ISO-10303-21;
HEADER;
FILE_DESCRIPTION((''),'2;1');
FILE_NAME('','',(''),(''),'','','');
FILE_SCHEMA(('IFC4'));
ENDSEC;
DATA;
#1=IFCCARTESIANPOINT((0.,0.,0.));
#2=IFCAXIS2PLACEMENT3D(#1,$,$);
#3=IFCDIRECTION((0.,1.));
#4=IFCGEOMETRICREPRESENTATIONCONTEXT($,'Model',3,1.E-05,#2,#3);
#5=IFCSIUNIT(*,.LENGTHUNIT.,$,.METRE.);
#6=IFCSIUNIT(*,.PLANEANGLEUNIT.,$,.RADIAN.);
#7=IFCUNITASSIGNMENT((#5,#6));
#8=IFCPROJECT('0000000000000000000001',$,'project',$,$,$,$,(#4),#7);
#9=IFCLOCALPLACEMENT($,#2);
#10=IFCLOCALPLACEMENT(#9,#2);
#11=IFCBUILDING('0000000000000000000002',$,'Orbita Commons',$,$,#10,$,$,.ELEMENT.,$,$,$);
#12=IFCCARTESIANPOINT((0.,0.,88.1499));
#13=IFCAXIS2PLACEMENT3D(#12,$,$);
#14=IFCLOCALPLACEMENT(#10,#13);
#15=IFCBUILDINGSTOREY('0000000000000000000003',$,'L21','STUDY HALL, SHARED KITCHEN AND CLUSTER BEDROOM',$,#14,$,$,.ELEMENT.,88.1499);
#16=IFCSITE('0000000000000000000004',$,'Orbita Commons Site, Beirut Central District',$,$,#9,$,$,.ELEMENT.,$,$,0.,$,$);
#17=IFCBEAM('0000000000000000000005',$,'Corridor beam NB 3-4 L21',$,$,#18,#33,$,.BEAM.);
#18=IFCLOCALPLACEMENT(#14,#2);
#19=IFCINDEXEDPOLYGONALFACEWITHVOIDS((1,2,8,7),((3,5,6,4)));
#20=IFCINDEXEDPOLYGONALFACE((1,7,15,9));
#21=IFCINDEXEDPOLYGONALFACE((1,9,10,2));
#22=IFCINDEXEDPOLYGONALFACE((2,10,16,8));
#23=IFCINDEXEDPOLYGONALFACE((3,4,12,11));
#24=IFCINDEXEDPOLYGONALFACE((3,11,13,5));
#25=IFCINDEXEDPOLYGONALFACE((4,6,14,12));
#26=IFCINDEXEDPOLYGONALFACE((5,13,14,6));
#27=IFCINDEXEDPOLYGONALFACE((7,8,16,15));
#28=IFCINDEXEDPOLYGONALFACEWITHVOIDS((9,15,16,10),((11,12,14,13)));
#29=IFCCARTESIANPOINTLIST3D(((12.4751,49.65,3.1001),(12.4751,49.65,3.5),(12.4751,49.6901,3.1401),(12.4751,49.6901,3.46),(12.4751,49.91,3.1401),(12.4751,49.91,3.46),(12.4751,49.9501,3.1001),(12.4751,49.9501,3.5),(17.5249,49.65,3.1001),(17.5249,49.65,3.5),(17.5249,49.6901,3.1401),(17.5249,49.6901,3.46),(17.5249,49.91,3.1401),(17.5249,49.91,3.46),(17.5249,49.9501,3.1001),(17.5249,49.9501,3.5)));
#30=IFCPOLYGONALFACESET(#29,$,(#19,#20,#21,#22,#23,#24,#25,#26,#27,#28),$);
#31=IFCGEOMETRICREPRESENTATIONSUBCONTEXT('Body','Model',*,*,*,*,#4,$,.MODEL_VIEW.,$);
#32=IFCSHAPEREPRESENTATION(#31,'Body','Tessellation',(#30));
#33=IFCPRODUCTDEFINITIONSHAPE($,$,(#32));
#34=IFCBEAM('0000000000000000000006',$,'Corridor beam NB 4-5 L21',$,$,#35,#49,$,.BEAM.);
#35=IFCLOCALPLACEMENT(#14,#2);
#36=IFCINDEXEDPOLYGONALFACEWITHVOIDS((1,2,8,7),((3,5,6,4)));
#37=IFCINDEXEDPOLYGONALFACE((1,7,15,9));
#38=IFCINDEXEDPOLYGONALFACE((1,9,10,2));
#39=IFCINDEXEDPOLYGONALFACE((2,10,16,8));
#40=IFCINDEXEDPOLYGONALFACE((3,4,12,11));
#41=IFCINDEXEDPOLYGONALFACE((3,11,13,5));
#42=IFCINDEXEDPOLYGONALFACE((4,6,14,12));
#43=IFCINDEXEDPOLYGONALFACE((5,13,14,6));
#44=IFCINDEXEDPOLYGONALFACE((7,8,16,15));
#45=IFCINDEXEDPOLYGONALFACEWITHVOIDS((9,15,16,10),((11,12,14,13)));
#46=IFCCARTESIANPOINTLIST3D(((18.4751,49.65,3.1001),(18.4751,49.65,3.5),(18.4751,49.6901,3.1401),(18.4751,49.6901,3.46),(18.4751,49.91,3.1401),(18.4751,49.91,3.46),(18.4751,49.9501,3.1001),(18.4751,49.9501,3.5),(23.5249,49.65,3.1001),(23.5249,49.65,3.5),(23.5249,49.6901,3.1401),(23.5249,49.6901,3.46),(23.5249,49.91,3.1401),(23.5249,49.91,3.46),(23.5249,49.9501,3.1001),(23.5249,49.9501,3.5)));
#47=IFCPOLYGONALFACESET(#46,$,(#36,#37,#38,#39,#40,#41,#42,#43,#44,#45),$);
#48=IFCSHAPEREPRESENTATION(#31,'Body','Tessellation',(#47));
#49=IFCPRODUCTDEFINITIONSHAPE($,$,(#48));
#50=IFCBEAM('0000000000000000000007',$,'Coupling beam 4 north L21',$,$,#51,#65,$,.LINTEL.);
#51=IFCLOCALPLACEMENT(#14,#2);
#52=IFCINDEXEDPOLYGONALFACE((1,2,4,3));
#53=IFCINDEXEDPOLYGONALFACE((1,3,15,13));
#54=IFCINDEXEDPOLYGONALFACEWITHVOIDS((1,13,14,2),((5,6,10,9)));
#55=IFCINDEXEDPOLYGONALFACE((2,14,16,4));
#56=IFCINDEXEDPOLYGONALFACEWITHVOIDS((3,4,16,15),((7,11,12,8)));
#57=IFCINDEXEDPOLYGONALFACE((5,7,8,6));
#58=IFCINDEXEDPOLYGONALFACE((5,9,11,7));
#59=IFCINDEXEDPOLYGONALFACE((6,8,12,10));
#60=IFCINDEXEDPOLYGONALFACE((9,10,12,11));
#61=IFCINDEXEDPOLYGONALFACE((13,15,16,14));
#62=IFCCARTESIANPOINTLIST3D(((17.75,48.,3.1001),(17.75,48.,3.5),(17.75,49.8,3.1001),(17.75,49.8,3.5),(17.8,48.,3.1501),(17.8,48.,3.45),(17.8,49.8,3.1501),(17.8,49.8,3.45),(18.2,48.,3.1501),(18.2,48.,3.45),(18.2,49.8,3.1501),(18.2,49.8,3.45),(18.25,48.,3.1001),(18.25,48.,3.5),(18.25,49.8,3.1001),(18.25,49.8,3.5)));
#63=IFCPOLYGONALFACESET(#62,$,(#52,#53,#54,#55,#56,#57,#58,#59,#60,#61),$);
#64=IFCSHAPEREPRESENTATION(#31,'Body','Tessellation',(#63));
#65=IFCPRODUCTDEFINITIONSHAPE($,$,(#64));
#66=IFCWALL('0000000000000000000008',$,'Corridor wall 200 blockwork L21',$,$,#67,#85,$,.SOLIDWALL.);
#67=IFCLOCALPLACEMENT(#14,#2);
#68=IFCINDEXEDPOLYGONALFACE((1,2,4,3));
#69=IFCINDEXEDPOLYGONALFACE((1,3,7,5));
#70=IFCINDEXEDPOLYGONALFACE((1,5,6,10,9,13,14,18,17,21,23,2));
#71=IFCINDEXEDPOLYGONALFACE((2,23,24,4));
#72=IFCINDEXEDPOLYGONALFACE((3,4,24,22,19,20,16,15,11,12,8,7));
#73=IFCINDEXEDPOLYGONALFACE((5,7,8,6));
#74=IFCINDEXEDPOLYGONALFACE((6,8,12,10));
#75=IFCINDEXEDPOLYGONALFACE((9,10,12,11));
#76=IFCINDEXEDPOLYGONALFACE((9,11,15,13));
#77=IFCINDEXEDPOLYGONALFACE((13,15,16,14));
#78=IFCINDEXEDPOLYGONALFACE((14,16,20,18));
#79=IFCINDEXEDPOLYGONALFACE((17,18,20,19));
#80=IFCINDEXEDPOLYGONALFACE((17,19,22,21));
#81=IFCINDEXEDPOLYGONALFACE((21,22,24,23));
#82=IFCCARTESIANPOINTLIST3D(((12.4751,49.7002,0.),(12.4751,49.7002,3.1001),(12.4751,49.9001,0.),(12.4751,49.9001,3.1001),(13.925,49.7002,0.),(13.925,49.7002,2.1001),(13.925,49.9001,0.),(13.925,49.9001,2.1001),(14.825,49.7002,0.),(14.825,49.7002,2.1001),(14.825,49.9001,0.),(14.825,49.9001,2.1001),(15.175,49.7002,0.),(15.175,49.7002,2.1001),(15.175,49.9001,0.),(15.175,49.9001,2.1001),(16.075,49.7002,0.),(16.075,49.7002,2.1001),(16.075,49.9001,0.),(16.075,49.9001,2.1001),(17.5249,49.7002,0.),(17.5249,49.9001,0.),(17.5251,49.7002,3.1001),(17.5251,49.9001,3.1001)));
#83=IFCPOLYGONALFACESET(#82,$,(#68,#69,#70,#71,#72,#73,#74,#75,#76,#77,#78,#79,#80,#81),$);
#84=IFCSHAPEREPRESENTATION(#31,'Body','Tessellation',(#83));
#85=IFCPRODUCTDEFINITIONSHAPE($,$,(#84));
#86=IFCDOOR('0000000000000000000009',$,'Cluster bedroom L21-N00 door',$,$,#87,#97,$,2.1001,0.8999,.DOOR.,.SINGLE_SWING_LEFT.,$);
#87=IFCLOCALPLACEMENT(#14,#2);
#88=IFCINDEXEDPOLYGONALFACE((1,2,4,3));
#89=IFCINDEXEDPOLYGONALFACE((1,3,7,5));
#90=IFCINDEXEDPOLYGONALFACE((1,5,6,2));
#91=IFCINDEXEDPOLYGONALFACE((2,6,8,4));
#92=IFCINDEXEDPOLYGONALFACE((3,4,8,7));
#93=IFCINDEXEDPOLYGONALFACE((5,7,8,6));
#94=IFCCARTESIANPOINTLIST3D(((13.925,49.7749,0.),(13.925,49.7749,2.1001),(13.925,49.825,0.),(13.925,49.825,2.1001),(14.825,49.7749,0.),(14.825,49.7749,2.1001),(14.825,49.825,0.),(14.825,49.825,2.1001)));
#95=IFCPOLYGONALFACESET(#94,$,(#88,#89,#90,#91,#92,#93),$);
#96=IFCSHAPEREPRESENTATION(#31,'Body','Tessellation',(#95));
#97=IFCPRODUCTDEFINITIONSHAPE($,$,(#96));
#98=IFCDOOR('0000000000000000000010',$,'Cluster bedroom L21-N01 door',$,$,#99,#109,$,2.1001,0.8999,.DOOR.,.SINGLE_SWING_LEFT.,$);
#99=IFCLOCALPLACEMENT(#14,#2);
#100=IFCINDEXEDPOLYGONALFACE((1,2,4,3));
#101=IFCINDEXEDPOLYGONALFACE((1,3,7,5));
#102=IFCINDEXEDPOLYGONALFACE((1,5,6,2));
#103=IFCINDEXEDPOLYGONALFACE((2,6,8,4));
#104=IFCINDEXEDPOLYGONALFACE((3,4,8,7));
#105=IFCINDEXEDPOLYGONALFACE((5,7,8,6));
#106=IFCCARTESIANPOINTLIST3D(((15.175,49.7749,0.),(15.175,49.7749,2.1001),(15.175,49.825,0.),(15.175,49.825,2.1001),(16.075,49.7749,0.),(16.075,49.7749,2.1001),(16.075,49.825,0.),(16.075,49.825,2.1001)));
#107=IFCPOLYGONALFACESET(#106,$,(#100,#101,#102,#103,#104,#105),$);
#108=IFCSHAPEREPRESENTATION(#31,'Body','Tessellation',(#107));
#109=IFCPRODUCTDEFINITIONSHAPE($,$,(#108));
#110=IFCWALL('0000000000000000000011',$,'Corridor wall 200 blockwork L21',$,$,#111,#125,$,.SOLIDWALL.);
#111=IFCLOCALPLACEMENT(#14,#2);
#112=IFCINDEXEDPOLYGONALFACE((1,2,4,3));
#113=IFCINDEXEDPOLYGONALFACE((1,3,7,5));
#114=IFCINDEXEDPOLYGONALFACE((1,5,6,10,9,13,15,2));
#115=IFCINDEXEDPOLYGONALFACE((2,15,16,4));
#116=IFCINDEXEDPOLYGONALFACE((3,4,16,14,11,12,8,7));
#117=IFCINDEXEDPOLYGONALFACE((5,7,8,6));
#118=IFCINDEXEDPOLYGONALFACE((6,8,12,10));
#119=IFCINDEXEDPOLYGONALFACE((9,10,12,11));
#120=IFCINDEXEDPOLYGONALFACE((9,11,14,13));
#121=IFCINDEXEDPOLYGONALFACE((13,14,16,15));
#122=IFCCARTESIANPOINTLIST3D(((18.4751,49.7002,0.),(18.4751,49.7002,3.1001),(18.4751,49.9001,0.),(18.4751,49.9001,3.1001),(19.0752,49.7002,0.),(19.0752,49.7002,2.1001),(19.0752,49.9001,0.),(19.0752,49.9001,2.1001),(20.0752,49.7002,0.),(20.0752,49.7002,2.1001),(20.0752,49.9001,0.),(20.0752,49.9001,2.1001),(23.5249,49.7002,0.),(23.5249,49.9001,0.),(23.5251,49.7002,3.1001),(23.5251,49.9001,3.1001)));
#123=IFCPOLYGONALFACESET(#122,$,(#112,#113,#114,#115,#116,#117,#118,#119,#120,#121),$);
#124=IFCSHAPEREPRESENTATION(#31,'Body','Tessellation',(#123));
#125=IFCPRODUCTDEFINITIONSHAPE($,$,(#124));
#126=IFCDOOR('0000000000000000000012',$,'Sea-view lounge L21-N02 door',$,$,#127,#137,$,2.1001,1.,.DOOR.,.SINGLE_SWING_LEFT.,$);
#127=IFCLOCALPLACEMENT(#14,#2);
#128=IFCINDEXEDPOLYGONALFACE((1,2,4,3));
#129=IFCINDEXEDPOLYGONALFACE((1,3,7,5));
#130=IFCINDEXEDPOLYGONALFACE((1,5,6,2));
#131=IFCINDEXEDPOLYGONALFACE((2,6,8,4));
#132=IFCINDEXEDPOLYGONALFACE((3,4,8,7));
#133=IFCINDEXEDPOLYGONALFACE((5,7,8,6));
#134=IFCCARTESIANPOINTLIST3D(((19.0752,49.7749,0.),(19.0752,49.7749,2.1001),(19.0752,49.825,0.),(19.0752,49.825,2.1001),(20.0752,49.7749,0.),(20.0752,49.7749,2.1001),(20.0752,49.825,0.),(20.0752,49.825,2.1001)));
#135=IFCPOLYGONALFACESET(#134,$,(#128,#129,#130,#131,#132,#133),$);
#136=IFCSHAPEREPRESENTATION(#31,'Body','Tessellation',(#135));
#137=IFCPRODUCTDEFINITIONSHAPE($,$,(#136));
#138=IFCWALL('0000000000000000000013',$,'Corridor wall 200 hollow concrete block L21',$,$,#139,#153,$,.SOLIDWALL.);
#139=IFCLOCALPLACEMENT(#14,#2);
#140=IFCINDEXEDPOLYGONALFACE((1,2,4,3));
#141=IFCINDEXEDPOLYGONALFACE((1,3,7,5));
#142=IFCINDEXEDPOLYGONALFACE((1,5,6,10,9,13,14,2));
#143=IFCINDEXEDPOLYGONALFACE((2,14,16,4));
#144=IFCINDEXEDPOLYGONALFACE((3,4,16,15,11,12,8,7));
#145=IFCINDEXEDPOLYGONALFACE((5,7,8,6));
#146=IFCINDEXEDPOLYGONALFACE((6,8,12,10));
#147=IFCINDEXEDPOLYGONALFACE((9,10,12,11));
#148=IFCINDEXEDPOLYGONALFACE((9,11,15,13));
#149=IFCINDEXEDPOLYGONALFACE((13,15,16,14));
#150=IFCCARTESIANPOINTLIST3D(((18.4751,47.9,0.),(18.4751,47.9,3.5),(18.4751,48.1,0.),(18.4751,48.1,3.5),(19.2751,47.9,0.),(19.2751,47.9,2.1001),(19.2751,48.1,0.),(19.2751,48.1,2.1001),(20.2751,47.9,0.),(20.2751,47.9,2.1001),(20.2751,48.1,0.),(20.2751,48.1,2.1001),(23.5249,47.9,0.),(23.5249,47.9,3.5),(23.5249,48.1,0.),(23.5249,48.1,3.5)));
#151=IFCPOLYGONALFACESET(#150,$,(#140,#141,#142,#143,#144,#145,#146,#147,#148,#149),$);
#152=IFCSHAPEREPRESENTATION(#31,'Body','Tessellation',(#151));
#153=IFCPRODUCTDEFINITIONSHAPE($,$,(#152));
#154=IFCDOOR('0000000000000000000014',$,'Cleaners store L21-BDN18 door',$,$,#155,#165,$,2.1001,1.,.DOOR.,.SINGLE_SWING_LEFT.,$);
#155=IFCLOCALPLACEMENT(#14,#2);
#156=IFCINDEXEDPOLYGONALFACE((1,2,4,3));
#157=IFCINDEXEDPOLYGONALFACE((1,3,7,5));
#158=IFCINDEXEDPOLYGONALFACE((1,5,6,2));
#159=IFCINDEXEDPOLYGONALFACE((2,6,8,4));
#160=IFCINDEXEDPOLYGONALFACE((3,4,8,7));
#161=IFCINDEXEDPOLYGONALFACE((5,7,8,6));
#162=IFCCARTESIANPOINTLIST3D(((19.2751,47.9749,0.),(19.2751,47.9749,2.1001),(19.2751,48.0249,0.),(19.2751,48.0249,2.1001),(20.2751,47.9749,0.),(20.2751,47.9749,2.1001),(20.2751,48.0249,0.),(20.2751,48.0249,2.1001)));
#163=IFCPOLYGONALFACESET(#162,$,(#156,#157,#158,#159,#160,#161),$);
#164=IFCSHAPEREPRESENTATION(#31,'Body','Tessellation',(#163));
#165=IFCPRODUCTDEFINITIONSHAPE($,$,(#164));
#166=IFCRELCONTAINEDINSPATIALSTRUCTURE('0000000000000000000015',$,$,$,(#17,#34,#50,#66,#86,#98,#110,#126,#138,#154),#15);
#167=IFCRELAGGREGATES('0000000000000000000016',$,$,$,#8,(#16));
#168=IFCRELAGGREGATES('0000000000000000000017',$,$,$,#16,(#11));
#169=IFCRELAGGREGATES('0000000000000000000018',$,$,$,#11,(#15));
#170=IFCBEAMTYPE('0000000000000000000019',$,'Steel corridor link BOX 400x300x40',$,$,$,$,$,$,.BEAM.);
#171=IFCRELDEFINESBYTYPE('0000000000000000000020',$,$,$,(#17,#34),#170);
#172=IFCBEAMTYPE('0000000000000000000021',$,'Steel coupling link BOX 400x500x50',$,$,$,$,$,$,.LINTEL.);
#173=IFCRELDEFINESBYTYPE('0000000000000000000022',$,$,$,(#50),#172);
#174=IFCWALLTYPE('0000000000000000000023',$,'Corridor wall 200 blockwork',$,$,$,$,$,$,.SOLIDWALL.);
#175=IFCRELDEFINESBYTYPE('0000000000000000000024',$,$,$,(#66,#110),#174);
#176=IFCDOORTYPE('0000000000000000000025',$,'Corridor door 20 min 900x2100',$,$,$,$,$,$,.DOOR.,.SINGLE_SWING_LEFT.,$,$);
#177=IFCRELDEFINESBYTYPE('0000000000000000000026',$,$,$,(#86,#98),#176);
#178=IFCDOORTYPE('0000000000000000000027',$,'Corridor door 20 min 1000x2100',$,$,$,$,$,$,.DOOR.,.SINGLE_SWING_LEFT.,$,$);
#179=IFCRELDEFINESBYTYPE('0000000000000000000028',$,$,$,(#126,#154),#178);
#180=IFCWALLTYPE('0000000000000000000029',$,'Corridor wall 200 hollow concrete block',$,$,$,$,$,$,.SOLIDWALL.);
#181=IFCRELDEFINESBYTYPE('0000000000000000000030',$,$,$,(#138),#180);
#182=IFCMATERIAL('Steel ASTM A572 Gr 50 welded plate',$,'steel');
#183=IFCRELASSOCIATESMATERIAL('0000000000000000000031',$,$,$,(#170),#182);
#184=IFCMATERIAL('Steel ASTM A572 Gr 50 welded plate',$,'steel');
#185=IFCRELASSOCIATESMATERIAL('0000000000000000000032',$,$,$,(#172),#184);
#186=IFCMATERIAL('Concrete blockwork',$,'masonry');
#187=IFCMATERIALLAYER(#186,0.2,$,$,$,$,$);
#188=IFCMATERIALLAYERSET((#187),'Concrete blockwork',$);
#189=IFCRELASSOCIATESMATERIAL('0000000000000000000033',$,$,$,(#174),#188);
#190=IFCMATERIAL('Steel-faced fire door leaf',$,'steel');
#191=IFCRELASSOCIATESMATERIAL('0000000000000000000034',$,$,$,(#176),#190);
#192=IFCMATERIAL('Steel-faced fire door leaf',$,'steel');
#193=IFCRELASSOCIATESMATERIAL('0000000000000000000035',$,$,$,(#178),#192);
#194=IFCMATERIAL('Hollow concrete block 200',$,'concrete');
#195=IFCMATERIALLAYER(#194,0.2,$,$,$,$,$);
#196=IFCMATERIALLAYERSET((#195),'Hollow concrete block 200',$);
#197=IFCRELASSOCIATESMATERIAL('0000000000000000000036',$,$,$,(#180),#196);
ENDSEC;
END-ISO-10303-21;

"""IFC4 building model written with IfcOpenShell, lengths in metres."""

from ifc_helpers import new_model, si_unit, direction, frame, frame_2d, origin, origin_2d, place, context, subcontext, project, spatial, polyline, rectangle, hollow_rectangle, outline, extrude, material, layer, layer_set, material_profile, profile_set, type_object, element, fill, save


model = new_model("IFC4")

# Units and contexts
model_context = context("Model", 3, precision=1e-05, world=origin(), true_north=direction((0.0, 1.0)))
body_context = subcontext(model_context, "Body", "Model", "MODEL_VIEW")
ifc_project = project(units=[si_unit("LENGTHUNIT", "METRE"), si_unit("PLANEANGLEUNIT", "RADIAN")], contexts=[model_context])

# Site, building, storey
site_placement = place(None, origin())
site = spatial("IfcSite", under=ifc_project, at=site_placement, Name="Orbita Commons Site, Beirut Central District", CompositionType="ELEMENT", RefElevation=0.0)
building_placement = place(site_placement, origin())
building = spatial("IfcBuilding", under=site, at=building_placement, Name="Orbita Commons", CompositionType="ELEMENT")
storey_placement = place(building_placement, frame((0.0, 0.0, 88.1499)))
storey = spatial("IfcBuildingStorey", under=building, at=storey_placement, Name="L21", Description="STUDY HALL, SHARED KITCHEN AND CLUSTER BEDROOM", CompositionType="ELEMENT", Elevation=88.1499)

# Beams
ifc_material_1 = material(Name="Steel ASTM A572 Gr 50 welded plate", Category="steel")
ifc_material_profile_1 = material_profile(ifc_material_1, hollow_rectangle(XDim=0.3, YDim=0.3999, WallThickness=0.04, at=origin_2d()), Name="BOX 400x300x40")
ifc_profile_set_1 = profile_set([ifc_material_profile_1], Name="Steel ASTM A572 Gr 50 welded plate")
beam_type_1 = type_object("IfcBeamType", Name="Steel corridor link BOX 400x300x40", PredefinedType="BEAM", material=ifc_profile_set_1)
for number, where, z_axis, x_axis, name in (
    (1, (12.4751, 49.8, 3.3), (1.0, 0.0, 0.0), (0.0, 1.0, 0.0), "Corridor beam NB 3-4 L21"),
    (2, (18.4751, 49.8, 3.3), (1.0, 0.0, 0.0), (0.0, 1.0, 0.0), "Corridor beam NB 4-5 L21"),
):
    element("IfcBeam", number, at=place(storey_placement, frame(where, z_axis=z_axis, x_axis=x_axis)), inside=storey, type_object=beam_type_1, Name=name, PredefinedType="BEAM", context=body_context, shape_type="SweptSolid", body=[
        extrude(hollow_rectangle(XDim=0.3, YDim=0.3999, WallThickness=0.04, at=origin_2d()), origin(), (0.0, 0.0, 1.0), 5.0498),
    ])
ifc_material_2 = material(Name="Steel ASTM A572 Gr 50 welded plate", Category="steel")
ifc_material_profile_2 = material_profile(ifc_material_2, hollow_rectangle(XDim=0.5, YDim=0.3999, WallThickness=0.05, at=origin_2d()), Name="BOX 400x500x50")
ifc_profile_set_2 = profile_set([ifc_material_profile_2], Name="Steel ASTM A572 Gr 50 welded plate")
beam_type_2 = type_object("IfcBeamType", Name="Steel coupling link BOX 400x500x50", PredefinedType="LINTEL", material=ifc_profile_set_2)
beam_placement = place(storey_placement, frame((18.0, 48.0, 3.3), z_axis=(0.0, 1.0, 0.0), x_axis=(-1.0, 0.0, 0.0)))
element("IfcBeam", 3, at=beam_placement, inside=storey, type_object=beam_type_2, Name="Coupling beam 4 north L21", PredefinedType="LINTEL", context=body_context, shape_type="SweptSolid", body=[
    extrude(hollow_rectangle(XDim=0.5, YDim=0.3999, WallThickness=0.05, at=origin_2d()), origin(), (0.0, 0.0, 1.0), 1.8),
])

# Wall, openings, doors
ifc_material_3 = material(Name="Concrete blockwork", Category="masonry")
ifc_layer_1 = layer(ifc_material_3, 0.2)
ifc_layer_set_1 = layer_set([ifc_layer_1], Name="Concrete blockwork")
wall_type_1 = type_object("IfcWallType", Name="Corridor wall 200 blockwork", PredefinedType="SOLIDWALL", material=ifc_layer_set_1)
wall_1_placement = place(storey_placement, frame((12.4751, 49.8, 0.0), z_axis=(0.0, 0.0, 1.0), x_axis=(1.0, 0.0, 0.0)))
wall_1 = element("IfcWall", 4, at=wall_1_placement, inside=storey, type_object=wall_type_1, Name="Corridor wall 200 blockwork L21", PredefinedType="SOLIDWALL", context=body_context, shape_type="SweptSolid", body=[
    extrude(outline(polyline([(0.0, 0.0), (5.0498, 0.0), (5.05, 3.1001), (0.0, 3.1001), (0.0, 0.0)])), frame((0.0, 0.1001, 0.0), z_axis=(0.0, -1.0, 0.0), x_axis=(1.0, 0.0, 0.0)), (0.0, 0.0, 1.0), 0.2),
])
opening_1_placement = place(wall_1_placement, frame((1.45, 0.0, 0.0)))
opening_1 = element("IfcOpeningElement", 5, at=opening_1_placement, cuts=wall_1, PredefinedType="OPENING", context=body_context, shape_type="SweptSolid", body=[
    extrude(rectangle(XDim=0.8999, YDim=2.1001, at=frame_2d((0.45, 1.05))), frame((0.0, 0.1099, 0.0), z_axis=(0.0, -1.0, 0.0), x_axis=(1.0, 0.0, 0.0)), (0.0, 0.0, 1.0), 0.22),
])
opening_2_placement = place(wall_1_placement, frame((2.7, 0.0, 0.0)))
opening_2 = element("IfcOpeningElement", 6, at=opening_2_placement, cuts=wall_1, PredefinedType="OPENING", context=body_context, shape_type="SweptSolid", body=[
    extrude(rectangle(XDim=0.8999, YDim=2.1001, at=frame_2d((0.45, 1.05))), frame((0.0, 0.1099, 0.0), z_axis=(0.0, -1.0, 0.0), x_axis=(1.0, 0.0, 0.0)), (0.0, 0.0, 1.0), 0.22),
])
ifc_material_4 = material(Name="Steel-faced fire door leaf", Category="steel")
door_type_1 = type_object("IfcDoorType", Name="Corridor door 20 min 900x2100", OperationType="SINGLE_SWING_LEFT", PredefinedType="DOOR", material=ifc_material_4)
door_1_placement = place(opening_1_placement, origin())
door_1 = element("IfcDoor", 7, at=door_1_placement, inside=storey, type_object=door_type_1, Name="Cluster bedroom L21-N00 door", OperationType="SINGLE_SWING_LEFT", OverallHeight=2.1001, OverallWidth=0.8999, PredefinedType="DOOR", context=body_context, shape_type="SweptSolid", body=[
    extrude(rectangle(XDim=0.8999, YDim=2.1001, at=frame_2d((0.45, 1.05))), frame((0.0, 0.0249, 0.0), z_axis=(0.0, -1.0, 0.0), x_axis=(1.0, 0.0, 0.0)), (0.0, 0.0, 1.0), 0.05),
])
fill(opening_1, door_1)
door_2_placement = place(opening_2_placement, origin())
door_2 = element("IfcDoor", 8, at=door_2_placement, inside=storey, type_object=door_type_1, Name="Cluster bedroom L21-N01 door", OperationType="SINGLE_SWING_LEFT", OverallHeight=2.1001, OverallWidth=0.8999, PredefinedType="DOOR", context=body_context, shape_type="SweptSolid", body=[
    extrude(rectangle(XDim=0.8999, YDim=2.1001, at=frame_2d((0.45, 1.05))), frame((0.0, 0.0249, 0.0), z_axis=(0.0, -1.0, 0.0), x_axis=(1.0, 0.0, 0.0)), (0.0, 0.0, 1.0), 0.05),
])
fill(opening_2, door_2)

# Walls, openings, doors
wall_2_placement = place(storey_placement, frame((18.4751, 49.8, 0.0), z_axis=(0.0, 0.0, 1.0), x_axis=(1.0, 0.0, 0.0)))
wall_2 = element("IfcWall", 9, at=wall_2_placement, inside=storey, type_object=wall_type_1, Name="Corridor wall 200 blockwork L21", PredefinedType="SOLIDWALL", context=body_context, shape_type="SweptSolid", body=[
    extrude(outline(polyline([(0.0, 0.0), (5.0498, 0.0), (5.05, 3.1001), (0.0, 3.1001), (0.0, 0.0)])), frame((0.0, 0.1001, 0.0), z_axis=(0.0, -1.0, 0.0), x_axis=(1.0, 0.0, 0.0)), (0.0, 0.0, 1.0), 0.2),
])
opening_3_placement = place(wall_2_placement, frame((0.6001, 0.0, 0.0)))
opening_3 = element("IfcOpeningElement", 10, at=opening_3_placement, cuts=wall_2, PredefinedType="OPENING", context=body_context, shape_type="SweptSolid", body=[
    extrude(rectangle(XDim=1.0, YDim=2.1001, at=frame_2d((0.5, 1.05))), frame((0.0, 0.1099, 0.0), z_axis=(0.0, -1.0, 0.0), x_axis=(1.0, 0.0, 0.0)), (0.0, 0.0, 1.0), 0.22),
])
ifc_material_5 = material(Name="Steel-faced fire door leaf", Category="steel")
door_type_2 = type_object("IfcDoorType", Name="Corridor door 20 min 1000x2100", OperationType="SINGLE_SWING_LEFT", PredefinedType="DOOR", material=ifc_material_5)
door_3_placement = place(opening_3_placement, origin())
door_3 = element("IfcDoor", 11, at=door_3_placement, inside=storey, type_object=door_type_2, Name="Sea-view lounge L21-N02 door", OperationType="SINGLE_SWING_LEFT", OverallHeight=2.1001, OverallWidth=1.0, PredefinedType="DOOR", context=body_context, shape_type="SweptSolid", body=[
    extrude(rectangle(XDim=1.0, YDim=2.1001, at=frame_2d((0.5, 1.05))), frame((0.0, 0.0249, 0.0), z_axis=(0.0, -1.0, 0.0), x_axis=(1.0, 0.0, 0.0)), (0.0, 0.0, 1.0), 0.05),
])
fill(opening_3, door_3)
ifc_material_6 = material(Name="Hollow concrete block 200", Category="concrete")
ifc_layer_2 = layer(ifc_material_6, 0.2)
ifc_layer_set_2 = layer_set([ifc_layer_2], Name="Hollow concrete block 200")
wall_type_2 = type_object("IfcWallType", Name="Corridor wall 200 hollow concrete block", PredefinedType="SOLIDWALL", material=ifc_layer_set_2)
wall_3_placement = place(storey_placement, frame((18.4751, 48.0, 0.0), z_axis=(0.0, 0.0, 1.0), x_axis=(1.0, 0.0, 0.0)))
wall_3 = element("IfcWall", 12, at=wall_3_placement, inside=storey, type_object=wall_type_2, Name="Corridor wall 200 hollow concrete block L21", PredefinedType="SOLIDWALL", context=body_context, shape_type="SweptSolid", body=[
    extrude(rectangle(XDim=5.0498, YDim=0.2, at=frame_2d((2.5249, 0.0))), origin(), (0.0, 0.0, 1.0), 3.5),
])
opening_4_placement = place(wall_3_placement, frame((0.8, 0.0, 0.0)))
opening_4 = element("IfcOpeningElement", 13, at=opening_4_placement, cuts=wall_3, PredefinedType="OPENING", context=body_context, shape_type="SweptSolid", body=[
    extrude(rectangle(XDim=1.0, YDim=2.1001, at=frame_2d((0.5, 1.05))), frame((0.0, 0.1099, 0.0), z_axis=(0.0, -1.0, 0.0), x_axis=(1.0, 0.0, 0.0)), (0.0, 0.0, 1.0), 0.22),
])
door_4_placement = place(opening_4_placement, origin())
door_4 = element("IfcDoor", 14, at=door_4_placement, inside=storey, type_object=door_type_2, Name="Cleaners store L21-BDN18 door", OperationType="SINGLE_SWING_LEFT", OverallHeight=2.1001, OverallWidth=1.0, PredefinedType="DOOR", context=body_context, shape_type="SweptSolid", body=[
    extrude(rectangle(XDim=1.0, YDim=2.1001, at=frame_2d((0.5, 1.05))), frame((0.0, 0.0249, 0.0), z_axis=(0.0, -1.0, 0.0), x_axis=(1.0, 0.0, 0.0)), (0.0, 0.0, 1.0), 0.05),
])
fill(opening_4, door_4)

save(model, "model.ifc")
